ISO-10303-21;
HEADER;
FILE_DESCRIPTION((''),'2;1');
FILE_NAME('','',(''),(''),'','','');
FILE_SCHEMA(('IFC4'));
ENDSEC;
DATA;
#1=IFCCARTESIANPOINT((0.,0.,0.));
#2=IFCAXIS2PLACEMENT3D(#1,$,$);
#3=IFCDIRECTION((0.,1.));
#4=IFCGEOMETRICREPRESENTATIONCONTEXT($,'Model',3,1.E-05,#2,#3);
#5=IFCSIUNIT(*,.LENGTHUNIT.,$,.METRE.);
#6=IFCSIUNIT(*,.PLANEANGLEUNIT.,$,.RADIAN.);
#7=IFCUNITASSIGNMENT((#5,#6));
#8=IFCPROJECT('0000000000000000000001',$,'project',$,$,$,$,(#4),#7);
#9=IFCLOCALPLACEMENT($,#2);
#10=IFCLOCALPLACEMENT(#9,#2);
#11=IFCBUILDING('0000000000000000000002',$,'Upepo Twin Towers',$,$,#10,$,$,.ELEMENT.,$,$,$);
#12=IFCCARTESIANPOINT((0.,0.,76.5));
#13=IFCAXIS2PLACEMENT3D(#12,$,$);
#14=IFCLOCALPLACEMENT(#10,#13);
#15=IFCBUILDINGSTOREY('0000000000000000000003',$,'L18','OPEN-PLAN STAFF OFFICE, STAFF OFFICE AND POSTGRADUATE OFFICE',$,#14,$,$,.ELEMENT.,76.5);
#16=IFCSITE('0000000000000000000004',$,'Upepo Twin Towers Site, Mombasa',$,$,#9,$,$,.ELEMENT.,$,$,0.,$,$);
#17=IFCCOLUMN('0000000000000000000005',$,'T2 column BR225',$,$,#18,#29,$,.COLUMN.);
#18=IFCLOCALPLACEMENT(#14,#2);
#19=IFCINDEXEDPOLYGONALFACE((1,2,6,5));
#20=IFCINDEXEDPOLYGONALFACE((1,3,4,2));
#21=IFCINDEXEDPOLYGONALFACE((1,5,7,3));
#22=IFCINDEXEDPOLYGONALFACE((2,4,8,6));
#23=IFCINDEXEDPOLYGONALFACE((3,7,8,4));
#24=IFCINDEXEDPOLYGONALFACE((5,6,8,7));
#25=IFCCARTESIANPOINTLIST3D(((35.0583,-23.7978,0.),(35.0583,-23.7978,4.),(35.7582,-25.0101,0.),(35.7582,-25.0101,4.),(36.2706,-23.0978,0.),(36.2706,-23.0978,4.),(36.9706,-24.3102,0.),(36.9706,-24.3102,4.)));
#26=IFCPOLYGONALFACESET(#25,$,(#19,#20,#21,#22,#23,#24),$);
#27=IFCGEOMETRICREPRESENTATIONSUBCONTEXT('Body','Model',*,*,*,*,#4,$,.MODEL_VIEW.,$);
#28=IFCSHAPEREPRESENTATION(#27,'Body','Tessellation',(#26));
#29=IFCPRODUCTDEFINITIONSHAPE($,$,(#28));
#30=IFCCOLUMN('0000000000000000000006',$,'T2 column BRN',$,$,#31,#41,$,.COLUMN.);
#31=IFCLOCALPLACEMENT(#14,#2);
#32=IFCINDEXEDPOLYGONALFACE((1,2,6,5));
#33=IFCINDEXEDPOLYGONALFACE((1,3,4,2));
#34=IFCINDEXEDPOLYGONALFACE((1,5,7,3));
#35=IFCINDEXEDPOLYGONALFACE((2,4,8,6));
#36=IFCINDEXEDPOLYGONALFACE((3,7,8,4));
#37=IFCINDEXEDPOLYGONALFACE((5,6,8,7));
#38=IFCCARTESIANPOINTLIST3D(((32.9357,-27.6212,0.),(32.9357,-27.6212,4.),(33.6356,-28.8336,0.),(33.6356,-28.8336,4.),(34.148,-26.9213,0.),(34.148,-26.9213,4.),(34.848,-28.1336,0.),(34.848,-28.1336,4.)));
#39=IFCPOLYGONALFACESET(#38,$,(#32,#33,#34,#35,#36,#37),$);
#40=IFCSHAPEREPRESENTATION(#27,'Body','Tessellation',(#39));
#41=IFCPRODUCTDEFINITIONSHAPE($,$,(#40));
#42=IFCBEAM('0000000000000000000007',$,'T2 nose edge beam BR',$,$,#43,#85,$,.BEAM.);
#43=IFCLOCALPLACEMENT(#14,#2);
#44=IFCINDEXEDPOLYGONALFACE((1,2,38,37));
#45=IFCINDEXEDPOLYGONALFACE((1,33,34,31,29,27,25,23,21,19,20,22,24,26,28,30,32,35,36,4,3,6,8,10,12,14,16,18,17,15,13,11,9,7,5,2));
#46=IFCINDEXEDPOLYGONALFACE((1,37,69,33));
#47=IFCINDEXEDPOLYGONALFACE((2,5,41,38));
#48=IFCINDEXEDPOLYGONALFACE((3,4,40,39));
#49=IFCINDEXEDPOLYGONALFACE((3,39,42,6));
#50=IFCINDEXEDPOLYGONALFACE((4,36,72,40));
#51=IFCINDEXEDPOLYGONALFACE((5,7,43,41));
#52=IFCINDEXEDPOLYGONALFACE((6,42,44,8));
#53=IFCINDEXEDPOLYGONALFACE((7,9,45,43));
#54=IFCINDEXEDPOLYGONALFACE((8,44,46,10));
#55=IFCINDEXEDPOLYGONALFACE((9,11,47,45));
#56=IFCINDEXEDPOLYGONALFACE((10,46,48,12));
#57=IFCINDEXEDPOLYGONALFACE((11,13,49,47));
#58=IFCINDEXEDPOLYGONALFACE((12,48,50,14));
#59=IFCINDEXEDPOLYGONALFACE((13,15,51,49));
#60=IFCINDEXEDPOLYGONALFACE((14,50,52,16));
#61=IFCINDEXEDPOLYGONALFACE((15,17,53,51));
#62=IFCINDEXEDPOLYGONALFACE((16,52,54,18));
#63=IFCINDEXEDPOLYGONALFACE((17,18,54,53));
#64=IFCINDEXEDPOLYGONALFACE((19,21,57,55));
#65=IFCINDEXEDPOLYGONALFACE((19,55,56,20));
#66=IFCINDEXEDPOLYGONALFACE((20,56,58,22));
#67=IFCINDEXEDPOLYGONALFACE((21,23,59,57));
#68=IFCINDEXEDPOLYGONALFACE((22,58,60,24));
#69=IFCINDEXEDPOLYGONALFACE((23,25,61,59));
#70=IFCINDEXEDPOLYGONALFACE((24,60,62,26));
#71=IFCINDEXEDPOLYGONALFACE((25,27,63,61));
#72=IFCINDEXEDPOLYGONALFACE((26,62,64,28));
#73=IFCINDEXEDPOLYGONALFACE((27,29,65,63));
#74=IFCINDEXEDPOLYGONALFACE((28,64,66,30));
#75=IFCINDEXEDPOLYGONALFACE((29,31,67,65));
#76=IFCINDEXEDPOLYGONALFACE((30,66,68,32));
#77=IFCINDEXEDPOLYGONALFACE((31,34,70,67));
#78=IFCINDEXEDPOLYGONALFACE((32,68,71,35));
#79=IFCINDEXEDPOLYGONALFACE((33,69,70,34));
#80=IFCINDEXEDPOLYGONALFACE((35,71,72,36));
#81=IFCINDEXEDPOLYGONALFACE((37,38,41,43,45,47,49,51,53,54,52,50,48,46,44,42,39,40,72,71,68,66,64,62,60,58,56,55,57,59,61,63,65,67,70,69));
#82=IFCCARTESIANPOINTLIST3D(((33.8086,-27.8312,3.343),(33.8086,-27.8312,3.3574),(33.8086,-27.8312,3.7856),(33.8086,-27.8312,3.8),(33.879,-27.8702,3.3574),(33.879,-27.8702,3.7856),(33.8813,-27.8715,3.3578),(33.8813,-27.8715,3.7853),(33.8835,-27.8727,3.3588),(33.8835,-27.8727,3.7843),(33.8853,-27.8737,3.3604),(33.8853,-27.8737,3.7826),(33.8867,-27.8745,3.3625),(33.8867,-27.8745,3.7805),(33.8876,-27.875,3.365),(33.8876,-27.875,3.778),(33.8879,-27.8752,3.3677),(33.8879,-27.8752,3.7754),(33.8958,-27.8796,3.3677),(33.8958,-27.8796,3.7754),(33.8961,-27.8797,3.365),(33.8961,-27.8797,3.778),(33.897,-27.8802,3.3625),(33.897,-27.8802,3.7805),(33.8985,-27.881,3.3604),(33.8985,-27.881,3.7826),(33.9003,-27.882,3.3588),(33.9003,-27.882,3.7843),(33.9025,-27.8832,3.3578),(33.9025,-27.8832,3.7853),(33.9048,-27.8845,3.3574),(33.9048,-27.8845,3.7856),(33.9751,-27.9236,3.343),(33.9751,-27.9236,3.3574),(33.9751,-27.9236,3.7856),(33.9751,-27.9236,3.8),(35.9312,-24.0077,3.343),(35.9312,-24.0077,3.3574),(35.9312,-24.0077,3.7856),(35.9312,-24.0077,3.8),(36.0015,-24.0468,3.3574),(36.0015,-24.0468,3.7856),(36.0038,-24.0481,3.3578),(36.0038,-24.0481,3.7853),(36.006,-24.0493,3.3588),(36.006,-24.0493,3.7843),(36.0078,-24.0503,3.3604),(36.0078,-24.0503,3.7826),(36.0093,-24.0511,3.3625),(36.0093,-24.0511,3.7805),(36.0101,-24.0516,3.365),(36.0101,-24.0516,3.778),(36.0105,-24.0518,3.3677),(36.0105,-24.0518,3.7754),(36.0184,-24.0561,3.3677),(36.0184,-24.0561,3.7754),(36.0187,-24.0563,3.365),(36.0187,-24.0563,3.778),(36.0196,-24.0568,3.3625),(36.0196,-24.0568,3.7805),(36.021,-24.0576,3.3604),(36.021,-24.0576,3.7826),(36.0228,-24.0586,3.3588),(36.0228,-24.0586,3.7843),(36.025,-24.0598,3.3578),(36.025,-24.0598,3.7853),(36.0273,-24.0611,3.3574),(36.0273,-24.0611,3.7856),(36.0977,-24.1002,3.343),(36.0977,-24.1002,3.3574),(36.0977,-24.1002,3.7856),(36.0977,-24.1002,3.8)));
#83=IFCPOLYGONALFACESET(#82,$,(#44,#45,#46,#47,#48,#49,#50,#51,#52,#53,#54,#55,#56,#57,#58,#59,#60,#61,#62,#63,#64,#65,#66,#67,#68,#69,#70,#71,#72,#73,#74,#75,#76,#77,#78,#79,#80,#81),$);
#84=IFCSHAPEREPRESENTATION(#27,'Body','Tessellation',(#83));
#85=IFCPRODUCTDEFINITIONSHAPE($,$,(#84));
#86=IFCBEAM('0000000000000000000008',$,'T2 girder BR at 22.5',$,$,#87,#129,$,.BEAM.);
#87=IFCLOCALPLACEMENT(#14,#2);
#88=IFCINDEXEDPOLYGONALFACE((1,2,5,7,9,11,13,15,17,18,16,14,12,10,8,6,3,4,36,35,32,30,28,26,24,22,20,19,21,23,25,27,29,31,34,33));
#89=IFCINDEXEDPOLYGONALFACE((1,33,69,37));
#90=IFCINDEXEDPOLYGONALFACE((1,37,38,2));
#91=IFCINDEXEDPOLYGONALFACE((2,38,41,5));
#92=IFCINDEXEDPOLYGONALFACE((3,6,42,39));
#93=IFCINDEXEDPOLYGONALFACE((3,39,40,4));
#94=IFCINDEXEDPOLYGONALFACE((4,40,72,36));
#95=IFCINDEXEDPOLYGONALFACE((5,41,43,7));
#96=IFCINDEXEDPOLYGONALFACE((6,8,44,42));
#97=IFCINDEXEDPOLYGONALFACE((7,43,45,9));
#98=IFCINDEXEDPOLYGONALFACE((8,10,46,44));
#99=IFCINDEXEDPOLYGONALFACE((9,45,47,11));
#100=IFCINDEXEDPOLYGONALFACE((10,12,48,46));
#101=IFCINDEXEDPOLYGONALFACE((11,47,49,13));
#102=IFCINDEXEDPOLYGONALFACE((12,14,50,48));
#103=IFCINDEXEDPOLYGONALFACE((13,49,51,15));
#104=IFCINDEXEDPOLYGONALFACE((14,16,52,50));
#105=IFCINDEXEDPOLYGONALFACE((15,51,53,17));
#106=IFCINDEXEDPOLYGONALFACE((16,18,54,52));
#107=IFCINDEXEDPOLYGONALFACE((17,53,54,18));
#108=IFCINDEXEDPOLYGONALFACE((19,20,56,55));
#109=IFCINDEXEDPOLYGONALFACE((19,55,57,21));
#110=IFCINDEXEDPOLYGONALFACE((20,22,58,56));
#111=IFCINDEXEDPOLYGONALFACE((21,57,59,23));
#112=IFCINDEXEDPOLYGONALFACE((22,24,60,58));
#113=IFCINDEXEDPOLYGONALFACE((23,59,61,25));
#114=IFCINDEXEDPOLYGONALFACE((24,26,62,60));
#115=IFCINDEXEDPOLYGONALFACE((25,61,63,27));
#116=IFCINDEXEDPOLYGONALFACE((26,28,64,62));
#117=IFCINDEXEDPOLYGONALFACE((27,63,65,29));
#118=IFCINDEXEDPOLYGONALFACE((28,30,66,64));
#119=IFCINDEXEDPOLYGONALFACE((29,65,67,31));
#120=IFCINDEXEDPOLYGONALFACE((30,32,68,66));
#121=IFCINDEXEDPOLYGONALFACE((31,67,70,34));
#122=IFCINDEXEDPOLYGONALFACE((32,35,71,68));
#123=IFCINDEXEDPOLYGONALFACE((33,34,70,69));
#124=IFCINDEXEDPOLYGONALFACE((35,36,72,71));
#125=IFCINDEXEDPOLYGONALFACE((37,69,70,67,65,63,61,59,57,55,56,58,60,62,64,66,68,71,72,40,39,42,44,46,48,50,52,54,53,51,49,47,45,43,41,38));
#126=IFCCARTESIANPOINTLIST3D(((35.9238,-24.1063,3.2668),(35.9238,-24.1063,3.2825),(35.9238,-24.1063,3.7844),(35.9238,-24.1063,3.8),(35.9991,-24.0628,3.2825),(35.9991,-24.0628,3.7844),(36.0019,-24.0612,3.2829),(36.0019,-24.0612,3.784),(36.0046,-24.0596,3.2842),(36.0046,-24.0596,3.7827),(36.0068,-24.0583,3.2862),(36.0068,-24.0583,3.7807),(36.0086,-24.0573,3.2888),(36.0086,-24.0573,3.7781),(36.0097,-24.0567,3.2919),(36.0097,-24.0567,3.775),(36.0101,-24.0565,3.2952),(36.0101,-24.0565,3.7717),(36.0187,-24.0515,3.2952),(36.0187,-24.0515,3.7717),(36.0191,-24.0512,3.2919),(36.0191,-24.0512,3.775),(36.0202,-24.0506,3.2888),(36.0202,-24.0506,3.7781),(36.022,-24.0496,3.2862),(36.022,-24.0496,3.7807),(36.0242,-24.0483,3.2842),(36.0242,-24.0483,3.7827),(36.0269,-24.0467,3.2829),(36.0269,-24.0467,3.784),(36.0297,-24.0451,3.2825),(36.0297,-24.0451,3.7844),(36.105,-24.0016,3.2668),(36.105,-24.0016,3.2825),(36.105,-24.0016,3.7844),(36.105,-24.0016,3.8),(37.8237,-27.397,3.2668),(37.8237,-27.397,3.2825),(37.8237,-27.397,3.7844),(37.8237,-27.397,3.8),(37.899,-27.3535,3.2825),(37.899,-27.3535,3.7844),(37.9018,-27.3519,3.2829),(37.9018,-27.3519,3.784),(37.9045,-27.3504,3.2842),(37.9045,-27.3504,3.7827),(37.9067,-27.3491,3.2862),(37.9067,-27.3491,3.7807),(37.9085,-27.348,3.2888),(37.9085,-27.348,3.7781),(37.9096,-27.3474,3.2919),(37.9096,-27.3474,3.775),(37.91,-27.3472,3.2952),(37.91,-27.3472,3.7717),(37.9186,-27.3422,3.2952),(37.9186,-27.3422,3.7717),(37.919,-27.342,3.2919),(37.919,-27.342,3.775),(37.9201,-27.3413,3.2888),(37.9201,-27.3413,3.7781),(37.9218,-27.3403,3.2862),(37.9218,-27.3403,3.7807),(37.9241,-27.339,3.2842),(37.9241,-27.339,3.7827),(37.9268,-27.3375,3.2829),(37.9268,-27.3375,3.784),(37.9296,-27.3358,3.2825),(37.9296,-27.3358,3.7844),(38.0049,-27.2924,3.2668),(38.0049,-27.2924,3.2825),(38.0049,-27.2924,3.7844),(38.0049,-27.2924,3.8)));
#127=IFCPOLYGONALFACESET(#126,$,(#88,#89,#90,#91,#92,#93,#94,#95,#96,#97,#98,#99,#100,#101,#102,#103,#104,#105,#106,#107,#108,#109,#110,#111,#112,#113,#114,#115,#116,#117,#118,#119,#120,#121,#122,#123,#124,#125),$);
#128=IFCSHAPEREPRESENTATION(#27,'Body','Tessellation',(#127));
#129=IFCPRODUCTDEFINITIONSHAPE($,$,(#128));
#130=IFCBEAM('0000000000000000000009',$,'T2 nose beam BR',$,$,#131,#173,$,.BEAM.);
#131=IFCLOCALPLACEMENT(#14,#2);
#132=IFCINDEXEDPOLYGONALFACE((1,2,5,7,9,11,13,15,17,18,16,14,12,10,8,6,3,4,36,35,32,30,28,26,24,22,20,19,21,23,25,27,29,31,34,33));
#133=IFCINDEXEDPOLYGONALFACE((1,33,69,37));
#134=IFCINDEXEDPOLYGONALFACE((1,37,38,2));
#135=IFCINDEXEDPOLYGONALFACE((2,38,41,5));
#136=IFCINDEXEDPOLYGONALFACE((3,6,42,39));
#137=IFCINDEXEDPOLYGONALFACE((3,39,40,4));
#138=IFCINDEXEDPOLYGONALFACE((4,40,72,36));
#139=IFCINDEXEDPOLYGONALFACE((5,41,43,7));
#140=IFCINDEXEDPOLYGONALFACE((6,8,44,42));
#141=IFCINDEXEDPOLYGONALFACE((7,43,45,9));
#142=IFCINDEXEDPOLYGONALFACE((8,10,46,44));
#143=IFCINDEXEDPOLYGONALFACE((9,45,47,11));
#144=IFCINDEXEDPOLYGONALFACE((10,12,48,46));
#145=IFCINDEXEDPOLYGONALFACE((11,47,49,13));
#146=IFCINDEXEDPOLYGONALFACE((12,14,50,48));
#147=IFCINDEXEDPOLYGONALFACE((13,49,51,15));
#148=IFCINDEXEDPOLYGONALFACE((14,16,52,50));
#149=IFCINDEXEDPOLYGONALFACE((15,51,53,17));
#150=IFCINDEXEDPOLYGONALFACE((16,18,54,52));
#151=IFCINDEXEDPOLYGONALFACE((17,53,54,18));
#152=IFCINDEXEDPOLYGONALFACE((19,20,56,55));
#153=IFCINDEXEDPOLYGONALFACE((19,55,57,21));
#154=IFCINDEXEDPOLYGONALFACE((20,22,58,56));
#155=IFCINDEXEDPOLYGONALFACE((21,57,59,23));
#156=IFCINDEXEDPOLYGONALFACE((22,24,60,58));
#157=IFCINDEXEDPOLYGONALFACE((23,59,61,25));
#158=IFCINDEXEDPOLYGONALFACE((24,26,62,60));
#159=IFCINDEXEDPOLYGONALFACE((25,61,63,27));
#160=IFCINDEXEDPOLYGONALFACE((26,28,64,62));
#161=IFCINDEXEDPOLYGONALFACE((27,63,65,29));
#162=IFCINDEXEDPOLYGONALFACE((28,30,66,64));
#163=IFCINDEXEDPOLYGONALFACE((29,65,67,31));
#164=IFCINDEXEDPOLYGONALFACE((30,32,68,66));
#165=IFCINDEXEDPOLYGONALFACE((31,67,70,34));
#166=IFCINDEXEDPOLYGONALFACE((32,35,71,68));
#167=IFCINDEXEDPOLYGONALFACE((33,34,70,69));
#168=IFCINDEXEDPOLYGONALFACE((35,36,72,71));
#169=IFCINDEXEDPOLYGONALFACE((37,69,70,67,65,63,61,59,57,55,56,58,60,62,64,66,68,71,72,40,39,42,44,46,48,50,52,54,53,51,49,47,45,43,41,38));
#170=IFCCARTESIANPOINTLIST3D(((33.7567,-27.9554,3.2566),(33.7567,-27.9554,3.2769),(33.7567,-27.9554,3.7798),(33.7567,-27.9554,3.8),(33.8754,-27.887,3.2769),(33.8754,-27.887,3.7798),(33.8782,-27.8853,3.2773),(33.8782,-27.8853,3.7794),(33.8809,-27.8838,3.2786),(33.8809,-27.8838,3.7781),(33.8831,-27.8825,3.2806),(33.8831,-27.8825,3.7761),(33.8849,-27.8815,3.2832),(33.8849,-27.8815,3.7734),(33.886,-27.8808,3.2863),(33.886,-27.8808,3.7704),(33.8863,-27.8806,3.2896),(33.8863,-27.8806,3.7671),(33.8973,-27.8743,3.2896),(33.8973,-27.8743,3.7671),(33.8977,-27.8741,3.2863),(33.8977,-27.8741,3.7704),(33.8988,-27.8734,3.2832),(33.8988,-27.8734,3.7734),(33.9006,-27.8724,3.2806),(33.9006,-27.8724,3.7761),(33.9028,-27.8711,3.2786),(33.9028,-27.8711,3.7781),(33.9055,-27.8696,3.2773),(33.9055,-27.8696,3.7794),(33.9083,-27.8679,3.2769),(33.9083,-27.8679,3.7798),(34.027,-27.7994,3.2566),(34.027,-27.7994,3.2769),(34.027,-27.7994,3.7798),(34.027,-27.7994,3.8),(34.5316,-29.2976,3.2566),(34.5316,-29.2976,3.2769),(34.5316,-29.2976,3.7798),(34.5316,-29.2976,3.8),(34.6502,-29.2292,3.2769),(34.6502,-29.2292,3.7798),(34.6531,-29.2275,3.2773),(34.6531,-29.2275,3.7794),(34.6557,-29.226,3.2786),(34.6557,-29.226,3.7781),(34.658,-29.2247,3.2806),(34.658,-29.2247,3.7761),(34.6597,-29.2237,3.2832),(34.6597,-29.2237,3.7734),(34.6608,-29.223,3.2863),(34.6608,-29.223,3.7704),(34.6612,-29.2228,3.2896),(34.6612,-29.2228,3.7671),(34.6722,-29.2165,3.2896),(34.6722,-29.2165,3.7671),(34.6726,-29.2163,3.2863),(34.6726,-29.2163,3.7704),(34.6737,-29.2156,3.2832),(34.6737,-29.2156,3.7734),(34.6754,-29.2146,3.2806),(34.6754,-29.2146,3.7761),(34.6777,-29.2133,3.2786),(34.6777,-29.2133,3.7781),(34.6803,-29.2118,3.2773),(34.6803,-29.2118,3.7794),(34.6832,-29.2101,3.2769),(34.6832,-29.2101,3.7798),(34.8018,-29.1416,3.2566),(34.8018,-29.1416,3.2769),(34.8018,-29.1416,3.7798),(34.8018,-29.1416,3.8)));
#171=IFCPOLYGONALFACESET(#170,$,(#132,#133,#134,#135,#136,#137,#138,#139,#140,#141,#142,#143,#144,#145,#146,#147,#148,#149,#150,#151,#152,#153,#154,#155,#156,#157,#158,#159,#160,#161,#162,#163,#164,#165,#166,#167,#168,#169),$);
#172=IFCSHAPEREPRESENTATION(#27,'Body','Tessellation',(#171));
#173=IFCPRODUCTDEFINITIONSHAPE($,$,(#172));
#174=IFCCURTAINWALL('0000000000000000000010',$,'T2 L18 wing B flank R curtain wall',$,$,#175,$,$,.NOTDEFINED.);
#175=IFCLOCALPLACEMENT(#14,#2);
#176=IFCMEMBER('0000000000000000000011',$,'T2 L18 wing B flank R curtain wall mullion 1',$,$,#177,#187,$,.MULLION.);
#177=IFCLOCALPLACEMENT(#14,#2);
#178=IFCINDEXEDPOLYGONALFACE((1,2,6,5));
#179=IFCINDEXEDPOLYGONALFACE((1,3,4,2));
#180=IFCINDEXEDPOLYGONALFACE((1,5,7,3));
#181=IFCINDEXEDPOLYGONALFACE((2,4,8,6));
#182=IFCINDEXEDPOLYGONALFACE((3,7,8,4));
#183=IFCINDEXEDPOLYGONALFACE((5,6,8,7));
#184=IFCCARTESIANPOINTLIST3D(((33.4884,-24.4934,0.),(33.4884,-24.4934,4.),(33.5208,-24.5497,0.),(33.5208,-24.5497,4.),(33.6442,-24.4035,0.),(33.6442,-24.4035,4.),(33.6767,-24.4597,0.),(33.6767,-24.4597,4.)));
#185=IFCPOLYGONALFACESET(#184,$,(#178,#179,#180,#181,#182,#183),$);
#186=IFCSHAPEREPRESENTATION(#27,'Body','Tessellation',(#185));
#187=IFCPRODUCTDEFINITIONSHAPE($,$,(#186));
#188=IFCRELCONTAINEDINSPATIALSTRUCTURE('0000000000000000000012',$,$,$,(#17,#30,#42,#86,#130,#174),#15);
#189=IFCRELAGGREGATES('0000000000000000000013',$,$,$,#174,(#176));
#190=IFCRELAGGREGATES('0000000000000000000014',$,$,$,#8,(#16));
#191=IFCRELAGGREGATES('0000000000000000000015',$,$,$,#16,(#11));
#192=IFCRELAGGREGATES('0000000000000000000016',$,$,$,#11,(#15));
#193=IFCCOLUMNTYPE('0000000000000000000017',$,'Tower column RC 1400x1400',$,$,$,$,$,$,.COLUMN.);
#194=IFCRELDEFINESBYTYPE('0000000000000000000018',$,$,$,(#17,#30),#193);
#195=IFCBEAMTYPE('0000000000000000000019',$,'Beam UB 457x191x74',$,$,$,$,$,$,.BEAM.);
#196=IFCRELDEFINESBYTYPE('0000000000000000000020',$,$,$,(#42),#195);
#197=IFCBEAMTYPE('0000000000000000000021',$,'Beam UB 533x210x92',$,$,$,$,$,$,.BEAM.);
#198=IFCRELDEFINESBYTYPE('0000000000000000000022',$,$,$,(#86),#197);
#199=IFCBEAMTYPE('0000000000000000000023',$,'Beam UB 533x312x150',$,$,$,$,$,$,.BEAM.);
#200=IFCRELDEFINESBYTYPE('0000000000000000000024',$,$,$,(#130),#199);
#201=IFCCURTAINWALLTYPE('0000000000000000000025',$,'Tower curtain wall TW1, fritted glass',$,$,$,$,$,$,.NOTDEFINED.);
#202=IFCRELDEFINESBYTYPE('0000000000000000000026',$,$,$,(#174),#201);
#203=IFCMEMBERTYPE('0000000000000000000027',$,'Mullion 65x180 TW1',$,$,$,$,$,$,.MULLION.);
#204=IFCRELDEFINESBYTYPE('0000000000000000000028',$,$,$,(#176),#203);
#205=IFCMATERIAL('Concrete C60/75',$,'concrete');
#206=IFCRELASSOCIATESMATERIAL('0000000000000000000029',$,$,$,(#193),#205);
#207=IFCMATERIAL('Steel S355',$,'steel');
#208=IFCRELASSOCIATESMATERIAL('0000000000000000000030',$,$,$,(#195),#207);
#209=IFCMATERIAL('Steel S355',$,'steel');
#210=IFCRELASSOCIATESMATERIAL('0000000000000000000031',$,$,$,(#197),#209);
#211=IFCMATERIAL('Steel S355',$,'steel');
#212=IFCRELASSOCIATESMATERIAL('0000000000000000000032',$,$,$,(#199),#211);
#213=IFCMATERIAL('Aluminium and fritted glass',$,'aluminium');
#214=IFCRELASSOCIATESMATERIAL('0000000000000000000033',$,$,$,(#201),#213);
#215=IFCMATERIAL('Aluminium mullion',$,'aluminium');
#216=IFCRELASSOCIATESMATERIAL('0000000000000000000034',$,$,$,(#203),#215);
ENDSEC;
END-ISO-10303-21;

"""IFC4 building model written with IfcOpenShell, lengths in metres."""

from ifc_helpers import new_model, si_unit, direction, frame, origin, origin_2d, place, context, subcontext, project, spatial, rectangle, i_section, extrude, material, material_profile, profile_set, type_object, element, aggregate, save


model = new_model("IFC4")

# Units and contexts
model_context = context("Model", 3, precision=1e-05, world=origin(), true_north=direction((0.0, 1.0)))
body_context = subcontext(model_context, "Body", "Model", "MODEL_VIEW")
ifc_project = project(units=[si_unit("LENGTHUNIT", "METRE"), si_unit("PLANEANGLEUNIT", "RADIAN")], contexts=[model_context])

# Site, building, storey
site_placement = place(None, origin())
site = spatial("IfcSite", under=ifc_project, at=site_placement, Name="Upepo Twin Towers Site, Mombasa", CompositionType="ELEMENT", RefElevation=0.0)
building_placement = place(site_placement, origin())
building = spatial("IfcBuilding", under=site, at=building_placement, Name="Upepo Twin Towers", CompositionType="ELEMENT")
storey_placement = place(building_placement, frame((0.0, 0.0, 76.5)))
storey = spatial("IfcBuildingStorey", under=building, at=storey_placement, Name="L18", Description="OPEN-PLAN STAFF OFFICE, STAFF OFFICE AND POSTGRADUATE OFFICE", CompositionType="ELEMENT", Elevation=76.5)

# Columns
ifc_material_1 = material(Name="Concrete C60/75", Category="concrete")
ifc_material_profile_1 = material_profile(ifc_material_1, rectangle(XDim=1.3999, YDim=1.3999, at=origin_2d()), Name="RC 1400x1400")
ifc_profile_set_1 = profile_set([ifc_material_profile_1], Name="Concrete C60/75")
column_type = type_object("IfcColumnType", Name="Tower column RC 1400x1400", PredefinedType="COLUMN", material=ifc_profile_set_1)
for number, where, z_axis, x_axis, name in (
    (1, (36.0144, -24.054, 0.0), (0.0, 0.0, 1.0), (0.866025, 0.5, 0.0), "T2 column BR225"),
    (2, (33.8918, -27.8774, 0.0), (0.0, 0.0, 1.0), (0.866025, 0.5, 0.0), "T2 column BRN"),
):
    element("IfcColumn", number, at=place(storey_placement, frame(where, z_axis=z_axis, x_axis=x_axis)), inside=storey, type_object=column_type, Name=name, PredefinedType="COLUMN", context=body_context, shape_type="SweptSolid", body=[
        extrude(rectangle(XDim=1.3999, YDim=1.3999, at=origin_2d()), origin(), (0.0, 0.0, 1.0), 4.0),
    ])

# Beams
ifc_material_2 = material(Name="Steel S355", Category="steel")
ifc_material_profile_2 = material_profile(ifc_material_2, i_section(OverallWidth=0.1904, OverallDepth=0.457, WebThickness=0.009, FlangeThickness=0.0144, FilletRadius=0.0103, at=origin_2d()), Name="UB 457x191x74")
ifc_profile_set_2 = profile_set([ifc_material_profile_2], Name="Steel S355")
beam_type_1 = type_object("IfcBeamType", Name="Beam UB 457x191x74", PredefinedType="BEAM", material=ifc_profile_set_2)
beam_1_placement = place(storey_placement, frame((36.0144, -24.054, 3.5715), z_axis=(-0.485363, -0.874313, 0.0), x_axis=(0.874313, -0.485363, 0.0)))
element("IfcBeam", 3, at=beam_1_placement, inside=storey, type_object=beam_type_1, Name="T2 nose edge beam BR", PredefinedType="BEAM", context=body_context, shape_type="SweptSolid", body=[
    extrude(i_section(OverallWidth=0.1904, OverallDepth=0.457, WebThickness=0.009, FlangeThickness=0.0144, FilletRadius=0.0103, at=origin_2d()), origin(), (0.0, 0.0, 1.0), 4.373),
])
ifc_material_3 = material(Name="Steel S355", Category="steel")
ifc_material_profile_3 = material_profile(ifc_material_3, i_section(OverallWidth=0.2092, OverallDepth=0.5332, WebThickness=0.01, FlangeThickness=0.0156, FilletRadius=0.0127, at=origin_2d()), Name="UB 533x210x92")
ifc_profile_set_3 = profile_set([ifc_material_profile_3], Name="Steel S355")
beam_type_2 = type_object("IfcBeamType", Name="Beam UB 533x210x92", PredefinedType="BEAM", material=ifc_profile_set_3)
beam_2_placement = place(storey_placement, frame((36.0144, -24.054, 3.5334), z_axis=(0.499995, -0.866028, 0.0), x_axis=(0.866028, 0.499995, 0.0)))
element("IfcBeam", 4, at=beam_2_placement, inside=storey, type_object=beam_type_2, Name="T2 girder BR at 22.5", PredefinedType="BEAM", context=body_context, shape_type="SweptSolid", body=[
    extrude(i_section(OverallWidth=0.2092, OverallDepth=0.5332, WebThickness=0.01, FlangeThickness=0.0156, FilletRadius=0.0127, at=origin_2d()), origin(), (0.0, 0.0, 1.0), 3.7998),
])
ifc_material_4 = material(Name="Steel S355", Category="steel")
ifc_material_profile_4 = material_profile(ifc_material_4, i_section(OverallWidth=0.312, OverallDepth=0.5435, WebThickness=0.0127, FlangeThickness=0.0203, FilletRadius=0.0127, at=origin_2d()), Name="UB 533x312x150")
ifc_profile_set_4 = profile_set([ifc_material_profile_4], Name="Steel S355")
beam_type_3 = type_object("IfcBeamType", Name="Beam UB 533x312x150", PredefinedType="BEAM", material=ifc_profile_set_4)
beam_3_placement = place(storey_placement, frame((33.8918, -27.8774, 3.5283), z_axis=(0.499968, -0.866044, 0.0), x_axis=(0.866044, 0.499968, 0.0)))
element("IfcBeam", 5, at=beam_3_placement, inside=storey, type_object=beam_type_3, Name="T2 nose beam BR", PredefinedType="BEAM", context=body_context, shape_type="SweptSolid", body=[
    extrude(i_section(OverallWidth=0.312, OverallDepth=0.5435, WebThickness=0.0127, FlangeThickness=0.0203, FilletRadius=0.0127, at=origin_2d()), origin(), (0.0, 0.0, 1.0), 1.5498),
])

# Curtain wall, member
ifc_material_5 = material(Name="Aluminium and fritted glass", Category="aluminium")
curtain_wall_type = type_object("IfcCurtainWallType", Name="Tower curtain wall TW1, fritted glass", PredefinedType="NOTDEFINED", material=ifc_material_5)
curtain_wall_1_placement = place(storey_placement, origin())
curtain_wall_1 = element("IfcCurtainWall", 6, at=curtain_wall_1_placement, inside=storey, type_object=curtain_wall_type, Name="T2 L18 wing B flank R curtain wall", PredefinedType="NOTDEFINED")
ifc_material_6 = material(Name="Aluminium mullion", Category="aluminium")
ifc_material_profile_5 = material_profile(ifc_material_6, rectangle(XDim=0.0649, YDim=0.1799, at=origin_2d()), Name="MULLION 65x180")
ifc_profile_set_5 = profile_set([ifc_material_profile_5], Name="Aluminium mullion")
member_type_1 = type_object("IfcMemberType", Name="Mullion 65x180 TW1", PredefinedType="MULLION", material=ifc_profile_set_5)
member_1_placement = place(storey_placement, frame((33.5825, -24.4766, 0.0), z_axis=(0.0, 0.0, 1.0), x_axis=(-0.5, 0.866025, 0.0)))
member_1 = element("IfcMember", 7, at=member_1_placement, type_object=member_type_1, Name="T2 L18 wing B flank R curtain wall mullion 1", PredefinedType="MULLION", context=body_context, shape_type="SweptSolid", body=[
    extrude(rectangle(XDim=0.0649, YDim=0.1799, at=origin_2d()), origin(), (0.0, 0.0, 1.0), 4.0),
])

aggregate(curtain_wall_1, [member_1])

save(model, "model.ifc")
